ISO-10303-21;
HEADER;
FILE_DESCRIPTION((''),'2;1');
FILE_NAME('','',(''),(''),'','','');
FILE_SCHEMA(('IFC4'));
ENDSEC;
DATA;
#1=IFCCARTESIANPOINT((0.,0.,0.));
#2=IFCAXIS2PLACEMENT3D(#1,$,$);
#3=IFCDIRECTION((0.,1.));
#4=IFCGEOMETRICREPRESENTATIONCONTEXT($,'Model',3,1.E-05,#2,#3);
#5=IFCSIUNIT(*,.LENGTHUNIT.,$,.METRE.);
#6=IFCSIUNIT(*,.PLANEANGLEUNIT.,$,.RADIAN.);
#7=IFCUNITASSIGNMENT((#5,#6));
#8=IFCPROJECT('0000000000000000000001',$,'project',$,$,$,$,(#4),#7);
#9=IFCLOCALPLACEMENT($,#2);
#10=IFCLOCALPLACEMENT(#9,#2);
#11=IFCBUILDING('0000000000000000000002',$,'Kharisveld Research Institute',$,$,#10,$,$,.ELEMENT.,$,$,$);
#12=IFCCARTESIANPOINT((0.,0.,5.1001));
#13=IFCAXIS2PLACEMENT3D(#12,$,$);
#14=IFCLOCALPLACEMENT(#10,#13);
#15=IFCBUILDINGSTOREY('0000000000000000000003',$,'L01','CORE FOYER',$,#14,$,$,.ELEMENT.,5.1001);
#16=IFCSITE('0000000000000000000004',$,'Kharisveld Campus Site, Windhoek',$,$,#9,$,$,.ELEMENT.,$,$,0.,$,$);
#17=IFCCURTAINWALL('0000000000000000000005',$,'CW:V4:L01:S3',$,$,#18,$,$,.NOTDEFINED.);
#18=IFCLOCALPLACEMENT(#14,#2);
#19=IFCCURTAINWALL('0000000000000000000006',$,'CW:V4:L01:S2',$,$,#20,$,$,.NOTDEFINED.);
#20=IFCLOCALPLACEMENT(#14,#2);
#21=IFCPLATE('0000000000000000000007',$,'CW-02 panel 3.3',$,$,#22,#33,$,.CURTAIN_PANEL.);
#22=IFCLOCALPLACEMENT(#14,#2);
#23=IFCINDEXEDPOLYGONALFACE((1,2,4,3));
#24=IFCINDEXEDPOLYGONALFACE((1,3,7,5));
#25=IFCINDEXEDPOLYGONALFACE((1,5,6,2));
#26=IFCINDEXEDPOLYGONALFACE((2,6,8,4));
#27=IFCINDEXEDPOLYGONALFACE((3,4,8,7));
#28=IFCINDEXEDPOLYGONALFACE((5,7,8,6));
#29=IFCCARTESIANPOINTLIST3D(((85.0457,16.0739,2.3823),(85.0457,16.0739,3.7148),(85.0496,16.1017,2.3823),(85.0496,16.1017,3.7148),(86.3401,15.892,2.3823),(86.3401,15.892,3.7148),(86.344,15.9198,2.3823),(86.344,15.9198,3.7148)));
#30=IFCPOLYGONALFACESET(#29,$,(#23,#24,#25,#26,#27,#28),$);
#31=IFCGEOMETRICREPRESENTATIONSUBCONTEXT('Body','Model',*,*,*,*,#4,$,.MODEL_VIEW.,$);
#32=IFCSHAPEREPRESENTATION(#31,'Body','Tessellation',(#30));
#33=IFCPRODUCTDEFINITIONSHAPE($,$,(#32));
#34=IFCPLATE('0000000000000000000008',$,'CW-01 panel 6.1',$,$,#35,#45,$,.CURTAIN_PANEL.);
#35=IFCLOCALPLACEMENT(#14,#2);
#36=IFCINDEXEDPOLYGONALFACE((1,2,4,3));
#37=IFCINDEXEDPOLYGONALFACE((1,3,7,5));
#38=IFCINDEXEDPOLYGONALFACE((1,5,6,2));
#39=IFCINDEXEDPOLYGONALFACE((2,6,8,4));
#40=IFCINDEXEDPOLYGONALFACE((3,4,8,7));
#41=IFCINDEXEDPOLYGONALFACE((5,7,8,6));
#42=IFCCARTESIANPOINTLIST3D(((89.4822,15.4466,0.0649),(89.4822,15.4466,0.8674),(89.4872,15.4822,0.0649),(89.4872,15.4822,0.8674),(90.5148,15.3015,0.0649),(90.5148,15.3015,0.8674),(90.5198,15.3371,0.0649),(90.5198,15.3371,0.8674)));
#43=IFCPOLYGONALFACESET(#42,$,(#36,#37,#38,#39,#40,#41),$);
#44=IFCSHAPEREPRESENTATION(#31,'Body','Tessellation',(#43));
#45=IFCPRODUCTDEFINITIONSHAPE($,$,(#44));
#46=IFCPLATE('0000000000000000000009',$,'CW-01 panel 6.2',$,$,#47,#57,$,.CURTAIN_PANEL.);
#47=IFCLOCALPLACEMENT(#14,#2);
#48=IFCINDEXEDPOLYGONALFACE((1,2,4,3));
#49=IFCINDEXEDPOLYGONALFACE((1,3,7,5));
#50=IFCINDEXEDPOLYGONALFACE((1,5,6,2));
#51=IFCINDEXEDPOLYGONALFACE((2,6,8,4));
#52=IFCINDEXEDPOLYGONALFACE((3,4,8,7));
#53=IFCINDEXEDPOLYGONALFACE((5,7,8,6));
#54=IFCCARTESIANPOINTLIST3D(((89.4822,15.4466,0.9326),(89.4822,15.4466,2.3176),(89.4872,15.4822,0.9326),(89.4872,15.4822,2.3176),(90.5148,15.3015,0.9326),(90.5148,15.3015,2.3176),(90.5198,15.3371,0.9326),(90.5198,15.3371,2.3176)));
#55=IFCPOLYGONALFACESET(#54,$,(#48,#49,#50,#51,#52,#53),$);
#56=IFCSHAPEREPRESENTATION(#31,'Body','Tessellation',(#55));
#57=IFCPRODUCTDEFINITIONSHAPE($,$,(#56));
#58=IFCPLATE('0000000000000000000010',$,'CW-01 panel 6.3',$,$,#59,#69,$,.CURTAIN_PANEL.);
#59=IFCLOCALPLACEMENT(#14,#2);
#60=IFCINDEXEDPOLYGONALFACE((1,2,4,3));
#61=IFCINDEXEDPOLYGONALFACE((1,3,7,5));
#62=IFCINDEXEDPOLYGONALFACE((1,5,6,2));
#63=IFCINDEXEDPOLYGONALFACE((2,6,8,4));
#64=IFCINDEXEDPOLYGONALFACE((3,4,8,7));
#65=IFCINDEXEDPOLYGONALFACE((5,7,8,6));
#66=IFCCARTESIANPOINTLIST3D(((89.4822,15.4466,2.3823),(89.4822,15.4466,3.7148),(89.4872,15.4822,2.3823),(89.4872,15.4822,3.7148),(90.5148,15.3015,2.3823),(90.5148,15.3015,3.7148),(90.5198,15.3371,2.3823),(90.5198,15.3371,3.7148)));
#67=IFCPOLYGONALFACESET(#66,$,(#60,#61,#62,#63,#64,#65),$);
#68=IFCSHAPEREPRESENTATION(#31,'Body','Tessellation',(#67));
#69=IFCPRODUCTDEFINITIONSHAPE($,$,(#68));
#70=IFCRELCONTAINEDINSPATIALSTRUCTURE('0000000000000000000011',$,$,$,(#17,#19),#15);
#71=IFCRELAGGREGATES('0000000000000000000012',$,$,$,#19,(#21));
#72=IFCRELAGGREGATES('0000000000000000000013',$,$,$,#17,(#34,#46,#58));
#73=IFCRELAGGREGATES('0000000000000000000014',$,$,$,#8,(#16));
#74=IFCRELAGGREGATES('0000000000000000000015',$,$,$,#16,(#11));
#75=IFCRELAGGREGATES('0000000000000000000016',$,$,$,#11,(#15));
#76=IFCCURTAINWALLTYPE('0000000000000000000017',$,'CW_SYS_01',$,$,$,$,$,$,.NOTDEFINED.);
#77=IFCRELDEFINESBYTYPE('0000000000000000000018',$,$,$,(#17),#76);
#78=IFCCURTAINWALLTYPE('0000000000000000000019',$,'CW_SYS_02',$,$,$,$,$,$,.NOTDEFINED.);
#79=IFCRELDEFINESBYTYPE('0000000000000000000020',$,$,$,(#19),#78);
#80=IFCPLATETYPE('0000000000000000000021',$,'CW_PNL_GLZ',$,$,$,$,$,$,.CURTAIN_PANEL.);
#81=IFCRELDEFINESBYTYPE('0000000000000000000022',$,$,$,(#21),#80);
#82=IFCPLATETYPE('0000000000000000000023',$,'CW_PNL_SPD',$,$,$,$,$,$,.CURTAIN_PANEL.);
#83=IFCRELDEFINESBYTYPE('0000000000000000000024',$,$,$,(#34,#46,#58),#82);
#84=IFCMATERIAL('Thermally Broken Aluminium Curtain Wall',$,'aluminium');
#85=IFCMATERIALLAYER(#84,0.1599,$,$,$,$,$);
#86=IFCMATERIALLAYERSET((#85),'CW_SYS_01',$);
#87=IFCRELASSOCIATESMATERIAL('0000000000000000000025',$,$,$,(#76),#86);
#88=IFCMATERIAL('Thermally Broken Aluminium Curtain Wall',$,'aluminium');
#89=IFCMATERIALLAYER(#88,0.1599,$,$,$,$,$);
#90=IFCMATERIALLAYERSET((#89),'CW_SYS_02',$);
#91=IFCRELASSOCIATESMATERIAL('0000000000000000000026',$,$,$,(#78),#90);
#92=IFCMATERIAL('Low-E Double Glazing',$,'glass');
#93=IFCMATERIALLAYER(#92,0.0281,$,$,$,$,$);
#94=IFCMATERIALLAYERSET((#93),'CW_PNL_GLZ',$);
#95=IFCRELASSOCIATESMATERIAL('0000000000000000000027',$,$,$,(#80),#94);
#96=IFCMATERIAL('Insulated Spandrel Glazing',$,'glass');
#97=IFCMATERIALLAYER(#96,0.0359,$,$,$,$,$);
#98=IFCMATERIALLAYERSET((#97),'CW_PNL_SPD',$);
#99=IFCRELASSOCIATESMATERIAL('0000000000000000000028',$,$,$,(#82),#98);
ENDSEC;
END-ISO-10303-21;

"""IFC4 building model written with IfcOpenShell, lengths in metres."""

from ifc_helpers import new_model, si_unit, direction, frame, origin, origin_2d, place, context, subcontext, project, spatial, rectangle, extrude, material, layer, layer_set, type_object, element, aggregate, save


model = new_model("IFC4")

# Units and contexts
model_context = context("Model", 3, precision=1e-05, world=origin(), true_north=direction((0.0, 1.0)))
body_context = subcontext(model_context, "Body", "Model", "MODEL_VIEW")
ifc_project = project(units=[si_unit("LENGTHUNIT", "METRE"), si_unit("PLANEANGLEUNIT", "RADIAN")], contexts=[model_context])

# Site, building, storey
site_placement = place(None, origin())
site = spatial("IfcSite", under=ifc_project, at=site_placement, Name="Kharisveld Campus Site, Windhoek", CompositionType="ELEMENT", RefElevation=0.0)
building_placement = place(site_placement, origin())
building = spatial("IfcBuilding", under=site, at=building_placement, Name="Kharisveld Research Institute", CompositionType="ELEMENT")
storey_placement = place(building_placement, frame((0.0, 0.0, 5.1001)))
storey = spatial("IfcBuildingStorey", under=building, at=storey_placement, Name="L01", Description="CORE FOYER", CompositionType="ELEMENT", Elevation=5.1001)

# Curtain wall
ifc_material_1 = material(Name="Thermally Broken Aluminium Curtain Wall", Category="aluminium")
ifc_layer_1 = layer(ifc_material_1, 0.1599)
ifc_layer_set_1 = layer_set([ifc_layer_1], Name="CW_SYS_01")
curtain_wall_type_1 = type_object("IfcCurtainWallType", Name="CW_SYS_01", PredefinedType="NOTDEFINED", material=ifc_layer_set_1)
curtain_wall_1_placement = place(storey_placement, origin())
curtain_wall_1 = element("IfcCurtainWall", 1, at=curtain_wall_1_placement, inside=storey, type_object=curtain_wall_type_1, Name="CW:V4:L01:S3", PredefinedType="NOTDEFINED")

# Curtain wall
ifc_material_2 = material(Name="Thermally Broken Aluminium Curtain Wall", Category="aluminium")
ifc_layer_2 = layer(ifc_material_2, 0.1599)
ifc_layer_set_2 = layer_set([ifc_layer_2], Name="CW_SYS_02")
curtain_wall_type_2 = type_object("IfcCurtainWallType", Name="CW_SYS_02", PredefinedType="NOTDEFINED", material=ifc_layer_set_2)
curtain_wall_2_placement = place(storey_placement, origin())
curtain_wall_2 = element("IfcCurtainWall", 2, at=curtain_wall_2_placement, inside=storey, type_object=curtain_wall_type_2, Name="CW:V4:L01:S2", PredefinedType="NOTDEFINED")

# Plates
ifc_material_3 = material(Name="Low-E Double Glazing", Category="glass")
ifc_layer_3 = layer(ifc_material_3, 0.0281)
ifc_layer_set_3 = layer_set([ifc_layer_3], Name="CW_PNL_GLZ")
plate_type_1 = type_object("IfcPlateType", Name="CW_PNL_GLZ", PredefinedType="CURTAIN_PANEL", material=ifc_layer_set_3)
plate_1_placement = place(storey_placement, frame((85.6948, 15.9968, 2.3823), z_axis=(0.0, 0.0, 1.0), x_axis=(-0.990268, 0.139173, 0.0)))
plate_1 = element("IfcPlate", 3, at=plate_1_placement, type_object=plate_type_1, Name="CW-02 panel 3.3", PredefinedType="CURTAIN_PANEL", context=body_context, shape_type="SweptSolid", body=[
    extrude(rectangle(XDim=1.3071, YDim=0.0281, at=origin_2d()), origin(), (0.0, 0.0, 1.0), 1.3325),
])
aggregate(curtain_wall_2, [plate_1])
ifc_material_4 = material(Name="Insulated Spandrel Glazing", Category="glass")
ifc_layer_4 = layer(ifc_material_4, 0.0359)
ifc_layer_set_4 = layer_set([ifc_layer_4], Name="CW_PNL_SPD")
plate_type_2 = type_object("IfcPlateType", Name="CW_PNL_SPD", PredefinedType="CURTAIN_PANEL", material=ifc_layer_set_4)
plate_2_placement = place(storey_placement, frame((90.001, 15.3918, 0.0649), z_axis=(0.0, 0.0, 1.0), x_axis=(-0.990268, 0.139173, 0.0)))
plate_2 = element("IfcPlate", 4, at=plate_2_placement, type_object=plate_type_2, Name="CW-01 panel 6.1", PredefinedType="CURTAIN_PANEL", context=body_context, shape_type="SweptSolid", body=[
    extrude(rectangle(XDim=1.0427, YDim=0.0359, at=origin_2d()), origin(), (0.0, 0.0, 1.0), 0.8025),
])
plate_3_placement = place(storey_placement, frame((90.001, 15.3918, 0.9326), z_axis=(0.0, 0.0, 1.0), x_axis=(-0.990268, 0.139173, 0.0)))
plate_3 = element("IfcPlate", 5, at=plate_3_placement, type_object=plate_type_2, Name="CW-01 panel 6.2", PredefinedType="CURTAIN_PANEL", context=body_context, shape_type="SweptSolid", body=[
    extrude(rectangle(XDim=1.0427, YDim=0.0359, at=origin_2d()), origin(), (0.0, 0.0, 1.0), 1.385),
])
plate_4_placement = place(storey_placement, frame((90.001, 15.3918, 2.3823), z_axis=(0.0, 0.0, 1.0), x_axis=(-0.990268, 0.139173, 0.0)))
plate_4 = element("IfcPlate", 6, at=plate_4_placement, type_object=plate_type_2, Name="CW-01 panel 6.3", PredefinedType="CURTAIN_PANEL", context=body_context, shape_type="SweptSolid", body=[
    extrude(rectangle(XDim=1.0427, YDim=0.0359, at=origin_2d()), origin(), (0.0, 0.0, 1.0), 1.3325),
])
aggregate(curtain_wall_1, [plate_2, plate_3, plate_4])

save(model, "model.ifc")
